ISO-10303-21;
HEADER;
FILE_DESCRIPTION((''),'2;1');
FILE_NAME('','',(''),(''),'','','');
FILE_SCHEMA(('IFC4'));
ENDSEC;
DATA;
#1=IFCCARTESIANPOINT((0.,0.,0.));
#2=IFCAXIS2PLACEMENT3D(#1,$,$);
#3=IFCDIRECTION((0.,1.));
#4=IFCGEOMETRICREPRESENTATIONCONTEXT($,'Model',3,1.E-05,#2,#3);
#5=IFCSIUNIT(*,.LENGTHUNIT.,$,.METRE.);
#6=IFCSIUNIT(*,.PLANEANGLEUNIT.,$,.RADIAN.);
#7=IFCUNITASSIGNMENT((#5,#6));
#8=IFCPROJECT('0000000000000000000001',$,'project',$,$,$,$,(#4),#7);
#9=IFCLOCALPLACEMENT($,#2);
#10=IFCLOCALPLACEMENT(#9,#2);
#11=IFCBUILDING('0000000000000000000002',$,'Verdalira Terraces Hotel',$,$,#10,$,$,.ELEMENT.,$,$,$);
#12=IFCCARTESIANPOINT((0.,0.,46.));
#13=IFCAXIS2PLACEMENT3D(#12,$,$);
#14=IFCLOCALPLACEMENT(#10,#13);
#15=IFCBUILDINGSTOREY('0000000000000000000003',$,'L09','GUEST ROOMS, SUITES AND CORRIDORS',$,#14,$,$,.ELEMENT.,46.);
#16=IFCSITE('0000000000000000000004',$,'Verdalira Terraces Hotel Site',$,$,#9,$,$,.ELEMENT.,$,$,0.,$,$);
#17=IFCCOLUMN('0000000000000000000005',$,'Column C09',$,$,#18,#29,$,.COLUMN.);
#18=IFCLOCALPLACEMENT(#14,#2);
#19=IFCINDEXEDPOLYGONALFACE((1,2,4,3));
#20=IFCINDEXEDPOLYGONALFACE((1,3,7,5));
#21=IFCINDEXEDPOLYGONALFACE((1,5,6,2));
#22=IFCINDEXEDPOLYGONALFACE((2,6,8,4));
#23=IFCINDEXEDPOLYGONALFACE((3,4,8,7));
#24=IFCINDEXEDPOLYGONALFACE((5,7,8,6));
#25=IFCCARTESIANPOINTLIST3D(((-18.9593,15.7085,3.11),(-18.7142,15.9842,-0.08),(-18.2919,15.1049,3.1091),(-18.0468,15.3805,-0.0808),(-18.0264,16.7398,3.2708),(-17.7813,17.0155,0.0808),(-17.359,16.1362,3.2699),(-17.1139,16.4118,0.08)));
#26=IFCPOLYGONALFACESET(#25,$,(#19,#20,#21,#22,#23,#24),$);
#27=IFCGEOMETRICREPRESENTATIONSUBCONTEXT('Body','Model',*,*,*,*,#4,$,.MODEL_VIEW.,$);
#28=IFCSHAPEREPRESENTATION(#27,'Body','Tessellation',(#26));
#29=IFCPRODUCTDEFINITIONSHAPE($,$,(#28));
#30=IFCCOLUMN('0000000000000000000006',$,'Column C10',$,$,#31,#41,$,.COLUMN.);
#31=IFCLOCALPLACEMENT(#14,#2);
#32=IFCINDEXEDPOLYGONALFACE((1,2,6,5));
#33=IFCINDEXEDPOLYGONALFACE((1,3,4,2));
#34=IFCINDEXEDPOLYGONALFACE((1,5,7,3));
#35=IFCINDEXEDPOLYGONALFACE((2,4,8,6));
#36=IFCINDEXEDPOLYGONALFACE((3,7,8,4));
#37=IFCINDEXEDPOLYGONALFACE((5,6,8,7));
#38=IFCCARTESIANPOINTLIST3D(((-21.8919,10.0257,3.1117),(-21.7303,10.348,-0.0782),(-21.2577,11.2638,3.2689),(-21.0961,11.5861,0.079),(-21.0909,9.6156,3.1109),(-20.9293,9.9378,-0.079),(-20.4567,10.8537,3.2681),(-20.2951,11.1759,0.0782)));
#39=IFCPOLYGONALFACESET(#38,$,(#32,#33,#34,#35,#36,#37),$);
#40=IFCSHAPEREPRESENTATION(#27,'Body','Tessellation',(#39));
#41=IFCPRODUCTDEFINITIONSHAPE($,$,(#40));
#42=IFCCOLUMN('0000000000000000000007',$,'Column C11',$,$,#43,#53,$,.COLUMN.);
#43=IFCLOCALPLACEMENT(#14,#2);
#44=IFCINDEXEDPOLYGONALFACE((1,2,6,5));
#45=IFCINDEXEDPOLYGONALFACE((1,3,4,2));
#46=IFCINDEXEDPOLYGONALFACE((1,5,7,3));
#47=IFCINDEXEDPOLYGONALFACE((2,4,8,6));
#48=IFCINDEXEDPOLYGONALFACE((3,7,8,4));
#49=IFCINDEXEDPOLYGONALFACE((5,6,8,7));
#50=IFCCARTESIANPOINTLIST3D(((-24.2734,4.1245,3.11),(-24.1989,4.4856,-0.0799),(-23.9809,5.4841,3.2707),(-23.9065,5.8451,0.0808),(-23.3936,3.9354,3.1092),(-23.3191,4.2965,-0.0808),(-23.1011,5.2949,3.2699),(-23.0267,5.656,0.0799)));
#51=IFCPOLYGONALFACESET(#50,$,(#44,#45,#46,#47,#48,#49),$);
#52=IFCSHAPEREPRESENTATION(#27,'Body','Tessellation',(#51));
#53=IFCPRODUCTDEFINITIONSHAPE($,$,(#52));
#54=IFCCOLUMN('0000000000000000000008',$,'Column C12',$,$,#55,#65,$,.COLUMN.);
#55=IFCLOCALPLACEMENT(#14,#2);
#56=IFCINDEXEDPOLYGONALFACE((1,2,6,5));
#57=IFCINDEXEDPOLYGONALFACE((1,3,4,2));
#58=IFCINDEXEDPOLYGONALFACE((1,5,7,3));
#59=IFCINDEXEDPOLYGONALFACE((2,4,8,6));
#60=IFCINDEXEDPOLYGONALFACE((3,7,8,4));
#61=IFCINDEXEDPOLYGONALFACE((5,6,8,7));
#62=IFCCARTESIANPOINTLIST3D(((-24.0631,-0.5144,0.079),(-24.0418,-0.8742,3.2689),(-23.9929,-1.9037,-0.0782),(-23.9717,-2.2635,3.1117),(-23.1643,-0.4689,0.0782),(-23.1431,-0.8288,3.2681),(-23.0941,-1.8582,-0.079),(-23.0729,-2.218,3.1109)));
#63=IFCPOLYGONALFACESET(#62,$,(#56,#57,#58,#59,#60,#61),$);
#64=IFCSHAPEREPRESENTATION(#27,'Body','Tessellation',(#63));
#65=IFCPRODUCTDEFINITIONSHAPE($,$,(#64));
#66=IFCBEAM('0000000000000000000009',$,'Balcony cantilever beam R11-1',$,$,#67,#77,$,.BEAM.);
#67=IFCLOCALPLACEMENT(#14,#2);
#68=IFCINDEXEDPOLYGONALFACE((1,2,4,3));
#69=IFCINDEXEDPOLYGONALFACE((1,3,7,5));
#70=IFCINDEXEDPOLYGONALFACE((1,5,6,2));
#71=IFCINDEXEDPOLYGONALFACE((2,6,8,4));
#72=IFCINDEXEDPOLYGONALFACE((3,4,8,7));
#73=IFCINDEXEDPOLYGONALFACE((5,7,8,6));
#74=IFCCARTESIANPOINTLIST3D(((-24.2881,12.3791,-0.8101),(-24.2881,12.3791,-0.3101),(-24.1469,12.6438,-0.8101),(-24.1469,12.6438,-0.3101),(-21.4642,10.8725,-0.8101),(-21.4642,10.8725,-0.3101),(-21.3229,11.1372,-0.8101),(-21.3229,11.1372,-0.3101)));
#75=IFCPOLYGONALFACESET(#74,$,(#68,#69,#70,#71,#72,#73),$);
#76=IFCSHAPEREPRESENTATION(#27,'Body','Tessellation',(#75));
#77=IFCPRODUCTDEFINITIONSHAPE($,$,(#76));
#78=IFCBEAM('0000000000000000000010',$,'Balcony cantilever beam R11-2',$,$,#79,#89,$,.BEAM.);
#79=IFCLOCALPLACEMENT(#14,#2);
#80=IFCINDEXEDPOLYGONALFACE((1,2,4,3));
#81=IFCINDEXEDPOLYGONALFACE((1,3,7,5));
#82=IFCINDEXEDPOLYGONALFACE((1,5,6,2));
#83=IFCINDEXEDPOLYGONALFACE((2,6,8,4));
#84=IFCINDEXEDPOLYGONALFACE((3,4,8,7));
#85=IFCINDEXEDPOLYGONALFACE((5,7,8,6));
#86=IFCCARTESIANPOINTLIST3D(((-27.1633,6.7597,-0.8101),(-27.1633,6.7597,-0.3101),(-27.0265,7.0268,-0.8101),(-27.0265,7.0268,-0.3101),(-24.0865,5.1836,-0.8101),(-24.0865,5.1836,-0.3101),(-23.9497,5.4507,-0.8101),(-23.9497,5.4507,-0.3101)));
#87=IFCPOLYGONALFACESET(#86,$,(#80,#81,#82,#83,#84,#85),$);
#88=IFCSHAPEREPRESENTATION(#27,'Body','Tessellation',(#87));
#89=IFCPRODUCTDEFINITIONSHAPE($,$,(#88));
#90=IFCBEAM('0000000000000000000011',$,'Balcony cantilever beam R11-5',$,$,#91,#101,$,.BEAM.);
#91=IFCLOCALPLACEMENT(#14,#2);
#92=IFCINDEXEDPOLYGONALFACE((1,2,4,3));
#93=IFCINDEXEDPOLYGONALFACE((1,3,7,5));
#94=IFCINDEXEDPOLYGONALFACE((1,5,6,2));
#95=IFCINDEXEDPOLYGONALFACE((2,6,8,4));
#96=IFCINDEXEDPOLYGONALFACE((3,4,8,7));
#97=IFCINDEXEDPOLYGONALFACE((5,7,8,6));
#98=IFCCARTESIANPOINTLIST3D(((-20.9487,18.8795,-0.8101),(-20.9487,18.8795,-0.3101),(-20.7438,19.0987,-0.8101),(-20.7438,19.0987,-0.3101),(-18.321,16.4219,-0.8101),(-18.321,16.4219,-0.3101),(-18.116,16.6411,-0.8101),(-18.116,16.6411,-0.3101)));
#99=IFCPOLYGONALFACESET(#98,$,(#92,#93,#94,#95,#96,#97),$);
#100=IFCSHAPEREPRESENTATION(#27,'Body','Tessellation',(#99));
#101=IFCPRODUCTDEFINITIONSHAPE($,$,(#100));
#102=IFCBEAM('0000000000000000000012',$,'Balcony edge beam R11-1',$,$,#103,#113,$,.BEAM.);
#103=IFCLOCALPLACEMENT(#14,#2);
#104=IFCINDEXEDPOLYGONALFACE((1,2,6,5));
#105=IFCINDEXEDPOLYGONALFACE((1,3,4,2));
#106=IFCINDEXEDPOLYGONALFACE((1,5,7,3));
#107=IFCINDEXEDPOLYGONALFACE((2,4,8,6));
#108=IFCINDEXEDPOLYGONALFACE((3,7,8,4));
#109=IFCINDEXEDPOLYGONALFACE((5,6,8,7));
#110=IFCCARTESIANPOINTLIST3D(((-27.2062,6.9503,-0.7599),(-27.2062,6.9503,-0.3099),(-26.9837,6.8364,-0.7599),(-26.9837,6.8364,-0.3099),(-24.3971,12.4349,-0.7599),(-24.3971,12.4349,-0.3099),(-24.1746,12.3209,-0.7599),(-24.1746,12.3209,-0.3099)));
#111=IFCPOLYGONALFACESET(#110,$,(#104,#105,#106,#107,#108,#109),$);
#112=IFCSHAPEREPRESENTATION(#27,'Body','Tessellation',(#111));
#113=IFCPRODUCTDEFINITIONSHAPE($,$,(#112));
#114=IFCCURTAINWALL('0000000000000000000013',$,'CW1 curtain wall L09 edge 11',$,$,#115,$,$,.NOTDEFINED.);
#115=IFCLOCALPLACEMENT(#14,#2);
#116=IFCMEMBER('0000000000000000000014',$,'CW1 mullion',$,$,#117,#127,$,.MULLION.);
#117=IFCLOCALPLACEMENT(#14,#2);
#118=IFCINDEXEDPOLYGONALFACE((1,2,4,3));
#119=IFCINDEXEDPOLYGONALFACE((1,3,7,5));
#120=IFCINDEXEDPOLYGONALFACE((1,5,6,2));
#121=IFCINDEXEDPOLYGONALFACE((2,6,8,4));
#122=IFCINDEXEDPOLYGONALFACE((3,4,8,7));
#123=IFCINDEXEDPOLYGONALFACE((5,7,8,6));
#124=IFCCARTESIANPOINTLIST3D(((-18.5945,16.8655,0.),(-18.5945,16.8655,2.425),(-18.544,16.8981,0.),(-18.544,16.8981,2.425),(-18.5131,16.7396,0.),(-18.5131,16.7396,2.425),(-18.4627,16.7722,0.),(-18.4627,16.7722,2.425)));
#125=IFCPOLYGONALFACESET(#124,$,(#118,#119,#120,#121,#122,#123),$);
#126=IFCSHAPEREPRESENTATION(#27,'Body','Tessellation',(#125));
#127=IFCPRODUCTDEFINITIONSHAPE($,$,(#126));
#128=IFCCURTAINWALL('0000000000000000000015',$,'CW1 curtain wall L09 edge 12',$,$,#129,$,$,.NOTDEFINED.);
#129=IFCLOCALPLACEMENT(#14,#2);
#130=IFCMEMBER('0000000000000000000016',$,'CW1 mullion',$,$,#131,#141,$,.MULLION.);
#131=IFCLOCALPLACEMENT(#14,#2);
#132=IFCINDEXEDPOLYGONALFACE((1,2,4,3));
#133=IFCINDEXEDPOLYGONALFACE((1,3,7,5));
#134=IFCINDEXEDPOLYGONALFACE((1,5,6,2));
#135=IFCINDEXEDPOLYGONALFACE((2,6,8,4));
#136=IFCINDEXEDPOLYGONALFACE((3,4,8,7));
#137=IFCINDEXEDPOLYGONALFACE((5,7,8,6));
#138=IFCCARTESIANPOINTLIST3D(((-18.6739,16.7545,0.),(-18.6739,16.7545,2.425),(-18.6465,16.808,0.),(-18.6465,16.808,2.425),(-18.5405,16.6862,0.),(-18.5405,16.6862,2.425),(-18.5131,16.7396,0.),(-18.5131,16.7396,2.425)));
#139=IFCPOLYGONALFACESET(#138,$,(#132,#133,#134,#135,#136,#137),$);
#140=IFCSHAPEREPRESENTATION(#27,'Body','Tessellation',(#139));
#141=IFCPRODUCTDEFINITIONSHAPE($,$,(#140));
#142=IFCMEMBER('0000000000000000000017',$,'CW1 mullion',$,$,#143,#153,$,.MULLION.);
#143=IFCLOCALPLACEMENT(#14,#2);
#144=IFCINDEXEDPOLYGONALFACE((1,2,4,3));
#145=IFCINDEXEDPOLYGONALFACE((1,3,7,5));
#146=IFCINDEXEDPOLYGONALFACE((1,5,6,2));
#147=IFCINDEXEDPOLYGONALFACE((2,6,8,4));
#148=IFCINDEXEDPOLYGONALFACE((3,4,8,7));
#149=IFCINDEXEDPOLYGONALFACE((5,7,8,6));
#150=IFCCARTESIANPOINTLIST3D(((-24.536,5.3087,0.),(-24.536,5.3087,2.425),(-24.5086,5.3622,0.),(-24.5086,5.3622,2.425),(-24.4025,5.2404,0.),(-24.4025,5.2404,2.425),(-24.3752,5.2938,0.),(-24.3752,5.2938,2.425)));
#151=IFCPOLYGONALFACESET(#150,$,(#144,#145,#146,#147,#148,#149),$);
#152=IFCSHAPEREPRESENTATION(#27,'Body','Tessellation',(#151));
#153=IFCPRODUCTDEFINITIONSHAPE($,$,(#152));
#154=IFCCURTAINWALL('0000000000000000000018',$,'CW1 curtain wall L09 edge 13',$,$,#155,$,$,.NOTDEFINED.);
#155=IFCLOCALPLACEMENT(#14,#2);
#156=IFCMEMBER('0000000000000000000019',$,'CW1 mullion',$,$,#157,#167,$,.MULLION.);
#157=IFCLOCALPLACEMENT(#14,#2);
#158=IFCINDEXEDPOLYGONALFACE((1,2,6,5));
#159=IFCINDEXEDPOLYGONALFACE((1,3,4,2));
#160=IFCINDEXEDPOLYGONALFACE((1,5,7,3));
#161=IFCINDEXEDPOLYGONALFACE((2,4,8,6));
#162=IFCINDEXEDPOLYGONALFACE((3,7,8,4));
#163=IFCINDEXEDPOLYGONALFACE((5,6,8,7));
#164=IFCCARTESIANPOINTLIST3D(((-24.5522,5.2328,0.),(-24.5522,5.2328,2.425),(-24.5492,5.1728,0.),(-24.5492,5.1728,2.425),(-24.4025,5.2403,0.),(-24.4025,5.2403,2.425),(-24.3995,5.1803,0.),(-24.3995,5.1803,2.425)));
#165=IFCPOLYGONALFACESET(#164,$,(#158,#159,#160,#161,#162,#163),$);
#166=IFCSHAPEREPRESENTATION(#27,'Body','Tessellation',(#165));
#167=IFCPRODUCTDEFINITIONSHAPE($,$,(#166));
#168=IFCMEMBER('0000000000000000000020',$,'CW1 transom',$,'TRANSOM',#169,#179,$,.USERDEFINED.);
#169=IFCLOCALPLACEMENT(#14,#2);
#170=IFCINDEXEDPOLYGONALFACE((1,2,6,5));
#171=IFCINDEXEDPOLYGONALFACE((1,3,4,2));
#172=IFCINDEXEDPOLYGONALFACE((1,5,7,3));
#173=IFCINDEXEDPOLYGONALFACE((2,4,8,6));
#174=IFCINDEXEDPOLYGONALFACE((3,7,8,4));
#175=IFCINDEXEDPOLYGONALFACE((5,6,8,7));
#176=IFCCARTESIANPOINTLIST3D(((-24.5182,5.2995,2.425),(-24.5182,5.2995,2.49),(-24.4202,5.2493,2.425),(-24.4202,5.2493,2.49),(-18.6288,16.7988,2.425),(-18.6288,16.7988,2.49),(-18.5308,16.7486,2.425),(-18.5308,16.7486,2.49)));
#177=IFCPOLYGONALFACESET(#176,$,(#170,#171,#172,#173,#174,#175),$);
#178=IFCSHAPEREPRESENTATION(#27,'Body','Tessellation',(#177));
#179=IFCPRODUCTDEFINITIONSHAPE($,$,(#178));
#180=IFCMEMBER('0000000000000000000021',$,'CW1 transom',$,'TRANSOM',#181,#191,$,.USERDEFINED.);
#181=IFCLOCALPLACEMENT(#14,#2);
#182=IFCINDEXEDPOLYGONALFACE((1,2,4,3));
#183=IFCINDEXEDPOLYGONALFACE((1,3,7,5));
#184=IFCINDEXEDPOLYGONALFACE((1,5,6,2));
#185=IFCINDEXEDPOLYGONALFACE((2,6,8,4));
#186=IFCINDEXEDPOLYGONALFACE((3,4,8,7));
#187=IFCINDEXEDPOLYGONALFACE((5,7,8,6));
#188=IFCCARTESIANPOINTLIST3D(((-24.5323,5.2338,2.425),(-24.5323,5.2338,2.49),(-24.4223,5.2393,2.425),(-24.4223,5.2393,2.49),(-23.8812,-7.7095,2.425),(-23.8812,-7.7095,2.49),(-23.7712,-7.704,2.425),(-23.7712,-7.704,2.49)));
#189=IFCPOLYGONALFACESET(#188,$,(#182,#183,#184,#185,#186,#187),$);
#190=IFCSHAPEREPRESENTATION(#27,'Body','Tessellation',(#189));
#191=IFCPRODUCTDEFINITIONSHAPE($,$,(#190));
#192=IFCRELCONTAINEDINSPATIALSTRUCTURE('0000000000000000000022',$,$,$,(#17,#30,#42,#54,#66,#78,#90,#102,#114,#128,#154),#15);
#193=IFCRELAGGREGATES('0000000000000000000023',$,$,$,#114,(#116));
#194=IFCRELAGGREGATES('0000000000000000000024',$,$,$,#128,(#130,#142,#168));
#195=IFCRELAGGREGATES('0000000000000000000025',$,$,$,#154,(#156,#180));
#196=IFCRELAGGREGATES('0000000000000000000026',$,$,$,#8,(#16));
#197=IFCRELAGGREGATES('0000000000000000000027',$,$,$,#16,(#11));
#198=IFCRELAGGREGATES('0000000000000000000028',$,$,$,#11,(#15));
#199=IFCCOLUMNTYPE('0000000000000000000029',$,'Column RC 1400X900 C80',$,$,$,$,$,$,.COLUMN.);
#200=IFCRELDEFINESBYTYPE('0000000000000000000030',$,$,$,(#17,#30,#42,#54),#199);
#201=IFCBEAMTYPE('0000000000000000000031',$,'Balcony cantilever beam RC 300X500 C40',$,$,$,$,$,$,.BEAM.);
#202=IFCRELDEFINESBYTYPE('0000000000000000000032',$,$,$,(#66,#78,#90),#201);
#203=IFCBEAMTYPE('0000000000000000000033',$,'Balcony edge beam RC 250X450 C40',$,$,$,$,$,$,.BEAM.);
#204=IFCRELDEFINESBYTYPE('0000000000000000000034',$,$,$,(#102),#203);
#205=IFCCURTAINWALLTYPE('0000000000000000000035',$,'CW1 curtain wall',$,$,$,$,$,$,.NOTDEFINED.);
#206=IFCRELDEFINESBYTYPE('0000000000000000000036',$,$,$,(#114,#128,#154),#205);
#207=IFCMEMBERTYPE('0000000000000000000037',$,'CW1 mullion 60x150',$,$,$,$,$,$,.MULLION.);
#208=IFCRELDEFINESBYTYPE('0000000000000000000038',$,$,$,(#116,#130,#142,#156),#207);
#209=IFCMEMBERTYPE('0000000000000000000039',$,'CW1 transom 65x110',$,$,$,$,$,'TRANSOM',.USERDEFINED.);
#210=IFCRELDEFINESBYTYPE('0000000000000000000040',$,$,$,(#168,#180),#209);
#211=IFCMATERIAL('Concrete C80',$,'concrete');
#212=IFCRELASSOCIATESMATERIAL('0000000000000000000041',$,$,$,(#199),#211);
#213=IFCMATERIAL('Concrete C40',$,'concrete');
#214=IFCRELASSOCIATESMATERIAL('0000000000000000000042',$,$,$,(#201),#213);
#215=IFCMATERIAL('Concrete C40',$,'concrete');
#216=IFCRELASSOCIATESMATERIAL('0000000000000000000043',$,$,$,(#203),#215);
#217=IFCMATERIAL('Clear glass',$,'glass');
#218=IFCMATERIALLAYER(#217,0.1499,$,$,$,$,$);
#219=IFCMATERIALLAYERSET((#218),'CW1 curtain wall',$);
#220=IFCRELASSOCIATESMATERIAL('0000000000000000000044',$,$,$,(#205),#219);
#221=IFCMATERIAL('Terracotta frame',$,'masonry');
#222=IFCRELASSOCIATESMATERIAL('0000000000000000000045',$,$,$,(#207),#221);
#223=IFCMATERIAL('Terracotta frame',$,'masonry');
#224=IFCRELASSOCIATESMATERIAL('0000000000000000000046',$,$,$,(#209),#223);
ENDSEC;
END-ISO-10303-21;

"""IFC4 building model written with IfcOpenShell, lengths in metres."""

from ifc_helpers import new_model, si_unit, direction, frame, origin, origin_2d, place, context, subcontext, project, spatial, rectangle, extrude, material, layer, layer_set, material_profile, profile_set, type_object, element, aggregate, save


model = new_model("IFC4")

# Units and contexts
model_context = context("Model", 3, precision=1e-05, world=origin(), true_north=direction((0.0, 1.0)))
body_context = subcontext(model_context, "Body", "Model", "MODEL_VIEW")
ifc_project = project(units=[si_unit("LENGTHUNIT", "METRE"), si_unit("PLANEANGLEUNIT", "RADIAN")], contexts=[model_context])

# Site, building, storey
site_placement = place(None, origin())
site = spatial("IfcSite", under=ifc_project, at=site_placement, Name="Verdalira Terraces Hotel Site", CompositionType="ELEMENT", RefElevation=0.0)
building_placement = place(site_placement, origin())
building = spatial("IfcBuilding", under=site, at=building_placement, Name="Verdalira Terraces Hotel", CompositionType="ELEMENT")
storey_placement = place(building_placement, frame((0.0, 0.0, 46.0)))
storey = spatial("IfcBuildingStorey", under=building, at=storey_placement, Name="L09", Description="GUEST ROOMS, SUITES AND CORRIDORS", CompositionType="ELEMENT", Elevation=46.0)

# Columns
ifc_material_1 = material(Name="Concrete C80", Category="concrete")
ifc_material_profile_1 = material_profile(ifc_material_1, rectangle(XDim=1.3999, YDim=0.8999, at=origin_2d()), Name="RC 1400X900")
ifc_profile_set_1 = profile_set([ifc_material_profile_1], Name="Concrete C80")
column_type = type_object("IfcColumnType", Name="Column RC 1400X900 C80", PredefinedType="COLUMN", material=ifc_profile_set_1)
column_1_placement = place(storey_placement, frame((-17.9141, 16.198, 0.0), z_axis=(-0.076332, -0.085836, 0.993381), x_axis=(0.666408, 0.736686, 0.114862)))
element("IfcColumn", 1, at=column_1_placement, inside=storey, type_object=column_type, Name="Column C09", PredefinedType="COLUMN", context=body_context, shape_type="SweptSolid", body=[
    extrude(rectangle(XDim=1.3999, YDim=0.8999, at=origin_2d()), origin(), (0.0, 0.0, 1.0), 3.2112),
])
column_2_placement = place(storey_placement, frame((-21.0127, 10.762, 0.0), z_axis=(-0.050345, -0.100386, 0.993674), x_axis=(-0.452982, -0.884419, -0.1123)))
element("IfcColumn", 2, at=column_2_placement, inside=storey, type_object=column_type, Name="Column C10", PredefinedType="COLUMN", context=body_context, shape_type="SweptSolid", body=[
    extrude(rectangle(XDim=1.3999, YDim=0.8999, at=origin_2d()), origin(), (0.0, 0.0, 1.0), 3.2102),
])
column_3_placement = place(storey_placement, frame((-23.6128, 5.0708, 0.0), z_axis=(-0.023189, -0.112446, 0.993387), x_axis=(0.208887, 0.971177, 0.114808)))
element("IfcColumn", 3, at=column_3_placement, inside=storey, type_object=column_type, Name="Column C11", PredefinedType="COLUMN", context=body_context, shape_type="SweptSolid", body=[
    extrude(rectangle(XDim=1.3999, YDim=0.8999, at=origin_2d()), origin(), (0.0, 0.0, 1.0), 3.2112),
])
column_4_placement = place(storey_placement, frame((-23.5786, -1.1863, 0.0), z_axis=(0.006616, -0.112098, 0.993675), x_axis=(0.050129, -0.99241, -0.112289)))
element("IfcColumn", 4, at=column_4_placement, inside=storey, type_object=column_type, Name="Column C12", PredefinedType="COLUMN", context=body_context, shape_type="SweptSolid", body=[
    extrude(rectangle(XDim=1.3999, YDim=0.8999, at=origin_2d()), origin(), (0.0, 0.0, 1.0), 3.2102),
])

# Beams
ifc_material_2 = material(Name="Concrete C40", Category="concrete")
ifc_material_profile_2 = material_profile(ifc_material_2, rectangle(XDim=0.3, YDim=0.5, at=origin_2d()), Name="RC 300X500")
ifc_profile_set_2 = profile_set([ifc_material_profile_2], Name="Concrete C40")
beam_type_1 = type_object("IfcBeamType", Name="Balcony cantilever beam RC 300X500 C40", PredefinedType="BEAM", material=ifc_profile_set_2)
beam_1_placement = place(storey_placement, frame((-21.3936, 11.0049, -0.5601), z_axis=(-0.882292, 0.470703, 0.0), x_axis=(-0.470703, -0.882292, 0.0)))
element("IfcBeam", 5, at=beam_1_placement, inside=storey, type_object=beam_type_1, Name="Balcony cantilever beam R11-1", PredefinedType="BEAM", context=body_context, shape_type="SweptSolid", body=[
    extrude(rectangle(XDim=0.3, YDim=0.5, at=origin_2d()), origin(), (0.0, 0.0, 1.0), 3.2007),
])
beam_2_placement = place(storey_placement, frame((-24.0181, 5.3171, -0.5601), z_axis=(-0.89002, 0.455921, 0.0), x_axis=(-0.455921, -0.89002, 0.0)))
element("IfcBeam", 6, at=beam_2_placement, inside=storey, type_object=beam_type_1, Name="Balcony cantilever beam R11-2", PredefinedType="BEAM", context=body_context, shape_type="SweptSolid", body=[
    extrude(rectangle(XDim=0.3, YDim=0.5, at=origin_2d()), origin(), (0.0, 0.0, 1.0), 3.457),
])
beam_3_placement = place(storey_placement, frame((-18.2185, 16.5315, -0.5601), z_axis=(-0.73036, 0.683063, 0.0), x_axis=(-0.683063, -0.73036, 0.0)))
element("IfcBeam", 7, at=beam_3_placement, inside=storey, type_object=beam_type_1, Name="Balcony cantilever beam R11-5", PredefinedType="BEAM", context=body_context, shape_type="SweptSolid", body=[
    extrude(rectangle(XDim=0.3, YDim=0.5, at=origin_2d()), origin(), (0.0, 0.0, 1.0), 3.5979),
])
ifc_material_3 = material(Name="Concrete C40", Category="concrete")
ifc_material_profile_3 = material_profile(ifc_material_3, rectangle(XDim=0.25, YDim=0.45, at=origin_2d()), Name="RC 250X450")
ifc_profile_set_3 = profile_set([ifc_material_profile_3], Name="Concrete C40")
beam_type_2 = type_object("IfcBeamType", Name="Balcony edge beam RC 250X450 C40", PredefinedType="BEAM", material=ifc_profile_set_3)
beam_4_placement = place(storey_placement, frame((-24.2859, 12.3779, -0.5349), z_axis=(-0.455861, -0.890051, 0.0), x_axis=(0.890051, -0.455861, 0.0)))
element("IfcBeam", 8, at=beam_4_placement, inside=storey, type_object=beam_type_2, Name="Balcony edge beam R11-1", PredefinedType="BEAM", context=body_context, shape_type="SweptSolid", body=[
    extrude(rectangle(XDim=0.25, YDim=0.45, at=origin_2d()), origin(), (0.0, 0.0, 1.0), 6.1621),
])

# Curtain wall, member
ifc_material_4 = material(Name="Clear glass", Category="glass")
ifc_layer_1 = layer(ifc_material_4, 0.1499)
ifc_layer_set_1 = layer_set([ifc_layer_1], Name="CW1 curtain wall")
curtain_wall_type = type_object("IfcCurtainWallType", Name="CW1 curtain wall", PredefinedType="NOTDEFINED", material=ifc_layer_set_1)
curtain_wall_1_placement = place(storey_placement, origin())
curtain_wall_1 = element("IfcCurtainWall", 9, at=curtain_wall_1_placement, inside=storey, type_object=curtain_wall_type, Name="CW1 curtain wall L09 edge 11", PredefinedType="NOTDEFINED")
ifc_material_5 = material(Name="Terracotta frame", Category="masonry")
ifc_material_profile_4 = material_profile(ifc_material_5, rectangle(XDim=0.0601, YDim=0.1499, at=origin_2d()), Name="MU 60x150")
ifc_profile_set_4 = profile_set([ifc_material_profile_4], Name="Terracotta frame")
member_type_1 = type_object("IfcMemberType", Name="CW1 mullion 60x150", PredefinedType="MULLION", material=ifc_profile_set_4)
member_1_placement = place(storey_placement, frame((-18.5286, 16.8188, 0.0), z_axis=(0.0, 0.0, 1.0), x_axis=(-0.839809, -0.542881, 0.0)))
member_1 = element("IfcMember", 10, at=member_1_placement, type_object=member_type_1, Name="CW1 mullion", PredefinedType="MULLION", context=body_context, shape_type="SweptSolid", body=[
    extrude(rectangle(XDim=0.0601, YDim=0.1499, at=origin_2d()), origin(), (0.0, 0.0, 1.0), 2.425),
])

# Curtain wall, members
curtain_wall_2_placement = place(storey_placement, origin())
curtain_wall_2 = element("IfcCurtainWall", 11, at=curtain_wall_2_placement, inside=storey, type_object=curtain_wall_type, Name="CW1 curtain wall L09 edge 12", PredefinedType="NOTDEFINED")
member_2_placement = place(storey_placement, frame((-18.5935, 16.7471, 0.0), z_axis=(0.0, 0.0, 1.0), x_axis=(-0.455856, -0.890054, 0.0)))
member_2 = element("IfcMember", 12, at=member_2_placement, type_object=member_type_1, Name="CW1 mullion", PredefinedType="MULLION", context=body_context, shape_type="SweptSolid", body=[
    extrude(rectangle(XDim=0.0601, YDim=0.1499, at=origin_2d()), origin(), (0.0, 0.0, 1.0), 2.425),
])
member_3_placement = place(storey_placement, frame((-24.4556, 5.3013, 0.0), z_axis=(0.0, 0.0, 1.0), x_axis=(-0.455856, -0.890054, 0.0)))
member_3 = element("IfcMember", 13, at=member_3_placement, type_object=member_type_1, Name="CW1 mullion", PredefinedType="MULLION", context=body_context, shape_type="SweptSolid", body=[
    extrude(rectangle(XDim=0.0601, YDim=0.1499, at=origin_2d()), origin(), (0.0, 0.0, 1.0), 2.425),
])

# Curtain wall, member
curtain_wall_3_placement = place(storey_placement, origin())
curtain_wall_3 = element("IfcCurtainWall", 14, at=curtain_wall_3_placement, inside=storey, type_object=curtain_wall_type, Name="CW1 curtain wall L09 edge 13", PredefinedType="NOTDEFINED")
member_4_placement = place(storey_placement, frame((-24.4758, 5.2065, 0.0), z_axis=(0.0, 0.0, 1.0), x_axis=(0.050244, -0.998737, 0.0)))
member_4 = element("IfcMember", 15, at=member_4_placement, type_object=member_type_1, Name="CW1 mullion", PredefinedType="MULLION", context=body_context, shape_type="SweptSolid", body=[
    extrude(rectangle(XDim=0.0601, YDim=0.1499, at=origin_2d()), origin(), (0.0, 0.0, 1.0), 2.425),
])

# Members
ifc_material_6 = material(Name="Terracotta frame", Category="masonry")
ifc_material_profile_5 = material_profile(ifc_material_6, rectangle(XDim=0.1101, YDim=0.0649, at=origin_2d()), Name="TR 65x110")
ifc_profile_set_5 = profile_set([ifc_material_profile_5], Name="Terracotta frame")
member_type_2 = type_object("IfcMemberType", Name="CW1 transom 65x110", ElementType="TRANSOM", PredefinedType="USERDEFINED", material=ifc_profile_set_5)
member_5_placement = place(storey_placement, frame((-18.5798, 16.7737, 2.4575), z_axis=(-0.455847, -0.890058, 0.0), x_axis=(0.890058, -0.455847, 0.0)))
member_5 = element("IfcMember", 16, at=member_5_placement, type_object=member_type_2, Name="CW1 transom", ObjectType="TRANSOM", PredefinedType="USERDEFINED", context=body_context, shape_type="SweptSolid", body=[
    extrude(rectangle(XDim=0.1101, YDim=0.0649, at=origin_2d()), origin(), (0.0, 0.0, 1.0), 12.9197),
])
member_6_placement = place(storey_placement, frame((-24.4773, 5.2366, 2.4575), z_axis=(0.050242, -0.998737, 0.0), x_axis=(0.998737, 0.050242, 0.0)))
member_6 = element("IfcMember", 17, at=member_6_placement, type_object=member_type_2, Name="CW1 transom", ObjectType="TRANSOM", PredefinedType="USERDEFINED", context=body_context, shape_type="SweptSolid", body=[
    extrude(rectangle(XDim=0.1101, YDim=0.0649, at=origin_2d()), origin(), (0.0, 0.0, 1.0), 12.9597),
])

aggregate(curtain_wall_1, [member_1])
aggregate(curtain_wall_2, [member_2, member_3, member_5])
aggregate(curtain_wall_3, [member_4, member_6])

save(model, "model.ifc")
